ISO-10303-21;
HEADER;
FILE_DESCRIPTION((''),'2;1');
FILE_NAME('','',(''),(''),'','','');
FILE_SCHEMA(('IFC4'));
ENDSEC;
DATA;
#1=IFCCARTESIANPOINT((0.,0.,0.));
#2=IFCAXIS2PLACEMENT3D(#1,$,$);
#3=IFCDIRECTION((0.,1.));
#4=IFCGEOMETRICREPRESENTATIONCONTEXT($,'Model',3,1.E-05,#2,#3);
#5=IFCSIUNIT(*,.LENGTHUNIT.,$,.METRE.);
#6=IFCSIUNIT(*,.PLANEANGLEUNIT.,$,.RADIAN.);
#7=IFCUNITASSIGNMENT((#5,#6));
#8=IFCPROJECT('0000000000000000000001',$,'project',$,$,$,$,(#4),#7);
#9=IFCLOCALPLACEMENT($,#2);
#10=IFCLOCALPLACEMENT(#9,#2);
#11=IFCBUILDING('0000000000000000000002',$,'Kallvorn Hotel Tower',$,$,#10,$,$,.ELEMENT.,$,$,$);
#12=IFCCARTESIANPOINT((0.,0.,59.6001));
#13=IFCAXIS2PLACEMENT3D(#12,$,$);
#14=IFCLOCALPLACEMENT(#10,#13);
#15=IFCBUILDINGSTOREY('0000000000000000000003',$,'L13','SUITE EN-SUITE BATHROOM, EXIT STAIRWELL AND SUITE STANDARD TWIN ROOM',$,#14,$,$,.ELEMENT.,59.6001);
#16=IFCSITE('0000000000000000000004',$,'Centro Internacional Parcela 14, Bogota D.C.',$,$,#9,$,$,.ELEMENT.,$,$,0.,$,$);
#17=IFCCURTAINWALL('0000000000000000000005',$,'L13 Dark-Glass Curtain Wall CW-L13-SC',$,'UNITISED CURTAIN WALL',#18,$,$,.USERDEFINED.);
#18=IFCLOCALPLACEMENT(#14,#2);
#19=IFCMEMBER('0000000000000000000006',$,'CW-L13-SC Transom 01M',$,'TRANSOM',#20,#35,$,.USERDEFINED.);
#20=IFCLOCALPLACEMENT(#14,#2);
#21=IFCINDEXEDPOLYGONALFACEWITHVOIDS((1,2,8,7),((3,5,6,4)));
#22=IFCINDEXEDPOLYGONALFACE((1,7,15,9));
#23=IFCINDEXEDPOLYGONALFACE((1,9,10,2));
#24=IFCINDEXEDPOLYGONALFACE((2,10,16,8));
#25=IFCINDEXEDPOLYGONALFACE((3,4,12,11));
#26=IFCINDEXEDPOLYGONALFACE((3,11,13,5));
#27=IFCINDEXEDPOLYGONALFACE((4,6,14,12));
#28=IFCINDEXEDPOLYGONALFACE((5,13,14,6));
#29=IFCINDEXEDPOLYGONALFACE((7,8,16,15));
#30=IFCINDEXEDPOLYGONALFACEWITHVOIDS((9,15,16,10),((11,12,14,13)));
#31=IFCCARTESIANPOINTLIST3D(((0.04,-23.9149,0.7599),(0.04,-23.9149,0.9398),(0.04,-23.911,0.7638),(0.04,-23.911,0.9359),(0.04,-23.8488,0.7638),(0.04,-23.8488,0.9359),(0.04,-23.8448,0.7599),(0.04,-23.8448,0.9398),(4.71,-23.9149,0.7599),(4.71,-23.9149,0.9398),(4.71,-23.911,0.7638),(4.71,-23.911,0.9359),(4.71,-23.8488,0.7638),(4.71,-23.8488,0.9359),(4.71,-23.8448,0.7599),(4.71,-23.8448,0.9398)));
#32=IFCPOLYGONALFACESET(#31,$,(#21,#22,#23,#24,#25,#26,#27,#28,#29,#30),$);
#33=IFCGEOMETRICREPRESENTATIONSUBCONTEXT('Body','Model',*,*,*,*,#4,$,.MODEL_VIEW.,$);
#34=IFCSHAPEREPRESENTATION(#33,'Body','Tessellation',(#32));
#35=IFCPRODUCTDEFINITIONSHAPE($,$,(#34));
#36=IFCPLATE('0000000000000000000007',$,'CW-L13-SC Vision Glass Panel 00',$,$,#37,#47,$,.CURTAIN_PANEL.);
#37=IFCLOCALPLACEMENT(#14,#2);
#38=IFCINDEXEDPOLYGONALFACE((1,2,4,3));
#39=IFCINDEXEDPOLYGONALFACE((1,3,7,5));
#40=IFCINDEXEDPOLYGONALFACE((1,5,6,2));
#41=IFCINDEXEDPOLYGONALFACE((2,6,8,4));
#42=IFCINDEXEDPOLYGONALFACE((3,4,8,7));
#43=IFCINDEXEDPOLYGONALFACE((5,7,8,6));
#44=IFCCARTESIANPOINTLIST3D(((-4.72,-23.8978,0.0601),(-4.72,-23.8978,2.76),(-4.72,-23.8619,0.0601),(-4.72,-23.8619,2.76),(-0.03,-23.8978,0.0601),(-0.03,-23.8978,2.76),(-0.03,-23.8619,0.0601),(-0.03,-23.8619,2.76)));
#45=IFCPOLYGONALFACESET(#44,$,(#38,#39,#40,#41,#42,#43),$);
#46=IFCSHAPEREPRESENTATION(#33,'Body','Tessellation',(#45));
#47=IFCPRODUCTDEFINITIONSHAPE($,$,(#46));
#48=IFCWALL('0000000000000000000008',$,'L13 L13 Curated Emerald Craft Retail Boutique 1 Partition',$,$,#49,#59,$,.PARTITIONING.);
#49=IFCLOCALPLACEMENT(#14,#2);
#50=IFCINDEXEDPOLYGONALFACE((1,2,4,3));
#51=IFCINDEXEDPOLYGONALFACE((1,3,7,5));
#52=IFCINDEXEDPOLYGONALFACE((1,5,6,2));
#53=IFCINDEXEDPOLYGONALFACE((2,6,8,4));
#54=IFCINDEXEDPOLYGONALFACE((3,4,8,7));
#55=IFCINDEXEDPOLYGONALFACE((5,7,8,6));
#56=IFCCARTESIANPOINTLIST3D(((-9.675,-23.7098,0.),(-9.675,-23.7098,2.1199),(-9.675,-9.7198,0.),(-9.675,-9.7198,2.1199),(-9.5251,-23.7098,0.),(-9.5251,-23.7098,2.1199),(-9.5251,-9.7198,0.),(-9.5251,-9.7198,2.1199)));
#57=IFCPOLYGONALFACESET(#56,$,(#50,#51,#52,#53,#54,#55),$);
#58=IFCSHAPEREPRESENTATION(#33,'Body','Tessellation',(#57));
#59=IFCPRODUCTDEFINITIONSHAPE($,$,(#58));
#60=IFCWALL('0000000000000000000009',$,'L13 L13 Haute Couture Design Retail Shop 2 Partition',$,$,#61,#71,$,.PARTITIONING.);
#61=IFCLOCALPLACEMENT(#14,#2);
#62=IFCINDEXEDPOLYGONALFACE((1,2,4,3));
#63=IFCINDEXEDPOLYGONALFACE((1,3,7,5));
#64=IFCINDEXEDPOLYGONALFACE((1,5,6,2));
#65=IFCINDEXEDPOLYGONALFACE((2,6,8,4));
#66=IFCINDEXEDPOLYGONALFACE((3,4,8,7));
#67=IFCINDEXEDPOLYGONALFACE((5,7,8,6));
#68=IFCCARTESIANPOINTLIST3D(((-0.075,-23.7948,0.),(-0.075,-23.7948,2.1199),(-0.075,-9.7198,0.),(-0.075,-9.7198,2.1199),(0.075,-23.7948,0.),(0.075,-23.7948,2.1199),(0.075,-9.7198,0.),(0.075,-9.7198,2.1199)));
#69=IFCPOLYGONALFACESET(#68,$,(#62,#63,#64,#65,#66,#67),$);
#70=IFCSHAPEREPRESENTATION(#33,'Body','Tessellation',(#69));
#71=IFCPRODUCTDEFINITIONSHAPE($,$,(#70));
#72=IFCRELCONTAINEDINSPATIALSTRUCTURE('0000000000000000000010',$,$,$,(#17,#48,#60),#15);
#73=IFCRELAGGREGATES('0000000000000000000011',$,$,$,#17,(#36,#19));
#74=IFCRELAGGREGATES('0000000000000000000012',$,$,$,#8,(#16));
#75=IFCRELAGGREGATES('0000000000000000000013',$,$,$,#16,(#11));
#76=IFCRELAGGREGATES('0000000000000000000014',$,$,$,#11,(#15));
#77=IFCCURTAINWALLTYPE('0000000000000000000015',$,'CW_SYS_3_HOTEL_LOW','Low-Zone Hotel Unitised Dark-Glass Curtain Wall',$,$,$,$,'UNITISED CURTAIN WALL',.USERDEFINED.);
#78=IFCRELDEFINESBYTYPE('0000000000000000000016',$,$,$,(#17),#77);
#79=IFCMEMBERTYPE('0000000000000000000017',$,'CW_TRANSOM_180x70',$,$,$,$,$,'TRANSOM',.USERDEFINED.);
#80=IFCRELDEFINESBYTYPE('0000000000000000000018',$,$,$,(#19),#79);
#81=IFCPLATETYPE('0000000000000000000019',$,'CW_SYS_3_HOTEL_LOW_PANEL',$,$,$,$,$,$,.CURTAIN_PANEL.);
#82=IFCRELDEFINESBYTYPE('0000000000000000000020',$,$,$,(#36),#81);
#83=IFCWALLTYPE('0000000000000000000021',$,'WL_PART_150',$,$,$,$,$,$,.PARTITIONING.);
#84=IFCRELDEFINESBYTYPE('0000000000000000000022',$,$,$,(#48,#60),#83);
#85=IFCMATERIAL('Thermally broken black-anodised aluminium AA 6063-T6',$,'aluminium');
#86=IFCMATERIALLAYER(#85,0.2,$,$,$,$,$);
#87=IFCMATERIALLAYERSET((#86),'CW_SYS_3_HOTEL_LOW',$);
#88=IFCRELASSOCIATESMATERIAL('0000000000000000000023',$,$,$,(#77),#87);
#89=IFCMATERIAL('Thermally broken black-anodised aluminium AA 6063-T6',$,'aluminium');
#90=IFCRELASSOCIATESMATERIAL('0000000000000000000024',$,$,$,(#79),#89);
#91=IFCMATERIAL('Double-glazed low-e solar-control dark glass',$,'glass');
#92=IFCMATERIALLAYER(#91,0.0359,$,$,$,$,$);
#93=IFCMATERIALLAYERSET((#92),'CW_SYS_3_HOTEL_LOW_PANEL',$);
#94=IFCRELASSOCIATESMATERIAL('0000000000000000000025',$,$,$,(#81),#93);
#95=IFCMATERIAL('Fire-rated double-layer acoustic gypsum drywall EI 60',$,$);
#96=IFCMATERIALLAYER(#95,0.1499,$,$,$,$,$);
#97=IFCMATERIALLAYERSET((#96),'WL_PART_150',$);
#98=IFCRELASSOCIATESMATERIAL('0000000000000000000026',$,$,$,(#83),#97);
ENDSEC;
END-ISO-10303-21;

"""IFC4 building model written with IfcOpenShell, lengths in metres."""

from ifc_helpers import new_model, si_unit, direction, frame, frame_2d, origin, origin_2d, place, context, subcontext, project, spatial, rectangle, hollow_rectangle, extrude, material, layer, layer_set, material_profile, profile_set, type_object, element, aggregate, save


model = new_model("IFC4")

# Units and contexts
model_context = context("Model", 3, precision=1e-05, world=origin(), true_north=direction((0.0, 1.0)))
body_context = subcontext(model_context, "Body", "Model", "MODEL_VIEW")
ifc_project = project(units=[si_unit("LENGTHUNIT", "METRE"), si_unit("PLANEANGLEUNIT", "RADIAN")], contexts=[model_context])

# Site, building, storey
site_placement = place(None, origin())
site = spatial("IfcSite", under=ifc_project, at=site_placement, Name="Centro Internacional Parcela 14, Bogota D.C.", CompositionType="ELEMENT", RefElevation=0.0)
building_placement = place(site_placement, origin())
building = spatial("IfcBuilding", under=site, at=building_placement, Name="Kallvorn Hotel Tower", CompositionType="ELEMENT")
storey_placement = place(building_placement, frame((0.0, 0.0, 59.6001)))
storey = spatial("IfcBuildingStorey", under=building, at=storey_placement, Name="L13", Description="SUITE EN-SUITE BATHROOM, EXIT STAIRWELL AND SUITE STANDARD TWIN ROOM", CompositionType="ELEMENT", Elevation=59.6001)

# Curtain wall, member, plate
ifc_material_1 = material(Name="Thermally broken black-anodised aluminium AA 6063-T6", Category="aluminium")
ifc_layer_1 = layer(ifc_material_1, 0.2)
ifc_layer_set_1 = layer_set([ifc_layer_1], Name="CW_SYS_3_HOTEL_LOW")
curtain_wall_type = type_object("IfcCurtainWallType", Name="CW_SYS_3_HOTEL_LOW", Description="Low-Zone Hotel Unitised Dark-Glass Curtain Wall", ElementType="UNITISED CURTAIN WALL", PredefinedType="USERDEFINED", material=ifc_layer_set_1)
curtain_wall_placement = place(storey_placement, origin())
curtain_wall = element("IfcCurtainWall", 1, at=curtain_wall_placement, inside=storey, type_object=curtain_wall_type, Name="L13 Dark-Glass Curtain Wall CW-L13-SC", ObjectType="UNITISED CURTAIN WALL", PredefinedType="USERDEFINED")
ifc_material_2 = material(Name="Thermally broken black-anodised aluminium AA 6063-T6", Category="aluminium")
ifc_material_profile_1 = material_profile(ifc_material_2, hollow_rectangle(XDim=0.0701, YDim=0.1799, WallThickness=0.0039, at=origin_2d()), Name="TRN 180x70")
ifc_profile_set_1 = profile_set([ifc_material_profile_1], Name="Thermally broken black-anodised aluminium AA 6063-T6")
member_type_1 = type_object("IfcMemberType", Name="CW_TRANSOM_180x70", ElementType="TRANSOM", PredefinedType="USERDEFINED", material=ifc_profile_set_1)
member_1_placement = place(storey_placement, frame((0.04, -23.8799, 0.8499), z_axis=(1.0, 0.0, 0.0), x_axis=(0.0, 1.0, 0.0)))
member_1 = element("IfcMember", 2, at=member_1_placement, type_object=member_type_1, Name="CW-L13-SC Transom 01M", ObjectType="TRANSOM", PredefinedType="USERDEFINED", context=body_context, shape_type="SweptSolid", body=[
    extrude(hollow_rectangle(XDim=0.0701, YDim=0.1799, WallThickness=0.0039, at=origin_2d()), origin(), (0.0, 0.0, 1.0), 4.6699),
])
ifc_material_3 = material(Name="Double-glazed low-e solar-control dark glass", Category="glass")
ifc_layer_2 = layer(ifc_material_3, 0.0359)
ifc_layer_set_2 = layer_set([ifc_layer_2], Name="CW_SYS_3_HOTEL_LOW_PANEL")
plate_type = type_object("IfcPlateType", Name="CW_SYS_3_HOTEL_LOW_PANEL", PredefinedType="CURTAIN_PANEL", material=ifc_layer_set_2)
plate_placement = place(storey_placement, frame((-2.375, -23.8799, 0.0601), z_axis=(0.0, 0.0, 1.0), x_axis=(1.0, 0.0, 0.0)))
plate = element("IfcPlate", 3, at=plate_placement, type_object=plate_type, Name="CW-L13-SC Vision Glass Panel 00", PredefinedType="CURTAIN_PANEL", context=body_context, shape_type="SweptSolid", body=[
    extrude(rectangle(XDim=4.6899, YDim=0.0359, at=origin_2d()), origin(), (0.0, 0.0, 1.0), 2.7),
])
aggregate(curtain_wall, [plate, member_1])

# Walls
ifc_material_4 = material(Name="Fire-rated double-layer acoustic gypsum drywall EI 60")
ifc_layer_3 = layer(ifc_material_4, 0.1499)
ifc_layer_set_3 = layer_set([ifc_layer_3], Name="WL_PART_150")
wall_type = type_object("IfcWallType", Name="WL_PART_150", PredefinedType="PARTITIONING", material=ifc_layer_set_3)
wall_1_placement = place(storey_placement, frame((-9.6001, -23.71, 0.0), z_axis=(0.0, 0.0, 1.0), x_axis=(0.0, 1.0, 0.0)))
element("IfcWall", 4, at=wall_1_placement, inside=storey, type_object=wall_type, Name="L13 L13 Curated Emerald Craft Retail Boutique 1 Partition", PredefinedType="PARTITIONING", context=body_context, shape_type="SweptSolid", body=[
    extrude(rectangle(XDim=13.99, YDim=0.1499, at=frame_2d((6.9951, 0.0))), origin(), (0.0, 0.0, 1.0), 2.1199),
])
wall_2_placement = place(storey_placement, frame((0.0, -23.7949, 0.0), z_axis=(0.0, 0.0, 1.0), x_axis=(0.0, 1.0, 0.0)))
element("IfcWall", 5, at=wall_2_placement, inside=storey, type_object=wall_type, Name="L13 L13 Haute Couture Design Retail Shop 2 Partition", PredefinedType="PARTITIONING", context=body_context, shape_type="SweptSolid", body=[
    extrude(rectangle(XDim=14.075, YDim=0.1499, at=frame_2d((7.0376, 0.0))), origin(), (0.0, 0.0, 1.0), 2.1199),
])

save(model, "model.ifc")
